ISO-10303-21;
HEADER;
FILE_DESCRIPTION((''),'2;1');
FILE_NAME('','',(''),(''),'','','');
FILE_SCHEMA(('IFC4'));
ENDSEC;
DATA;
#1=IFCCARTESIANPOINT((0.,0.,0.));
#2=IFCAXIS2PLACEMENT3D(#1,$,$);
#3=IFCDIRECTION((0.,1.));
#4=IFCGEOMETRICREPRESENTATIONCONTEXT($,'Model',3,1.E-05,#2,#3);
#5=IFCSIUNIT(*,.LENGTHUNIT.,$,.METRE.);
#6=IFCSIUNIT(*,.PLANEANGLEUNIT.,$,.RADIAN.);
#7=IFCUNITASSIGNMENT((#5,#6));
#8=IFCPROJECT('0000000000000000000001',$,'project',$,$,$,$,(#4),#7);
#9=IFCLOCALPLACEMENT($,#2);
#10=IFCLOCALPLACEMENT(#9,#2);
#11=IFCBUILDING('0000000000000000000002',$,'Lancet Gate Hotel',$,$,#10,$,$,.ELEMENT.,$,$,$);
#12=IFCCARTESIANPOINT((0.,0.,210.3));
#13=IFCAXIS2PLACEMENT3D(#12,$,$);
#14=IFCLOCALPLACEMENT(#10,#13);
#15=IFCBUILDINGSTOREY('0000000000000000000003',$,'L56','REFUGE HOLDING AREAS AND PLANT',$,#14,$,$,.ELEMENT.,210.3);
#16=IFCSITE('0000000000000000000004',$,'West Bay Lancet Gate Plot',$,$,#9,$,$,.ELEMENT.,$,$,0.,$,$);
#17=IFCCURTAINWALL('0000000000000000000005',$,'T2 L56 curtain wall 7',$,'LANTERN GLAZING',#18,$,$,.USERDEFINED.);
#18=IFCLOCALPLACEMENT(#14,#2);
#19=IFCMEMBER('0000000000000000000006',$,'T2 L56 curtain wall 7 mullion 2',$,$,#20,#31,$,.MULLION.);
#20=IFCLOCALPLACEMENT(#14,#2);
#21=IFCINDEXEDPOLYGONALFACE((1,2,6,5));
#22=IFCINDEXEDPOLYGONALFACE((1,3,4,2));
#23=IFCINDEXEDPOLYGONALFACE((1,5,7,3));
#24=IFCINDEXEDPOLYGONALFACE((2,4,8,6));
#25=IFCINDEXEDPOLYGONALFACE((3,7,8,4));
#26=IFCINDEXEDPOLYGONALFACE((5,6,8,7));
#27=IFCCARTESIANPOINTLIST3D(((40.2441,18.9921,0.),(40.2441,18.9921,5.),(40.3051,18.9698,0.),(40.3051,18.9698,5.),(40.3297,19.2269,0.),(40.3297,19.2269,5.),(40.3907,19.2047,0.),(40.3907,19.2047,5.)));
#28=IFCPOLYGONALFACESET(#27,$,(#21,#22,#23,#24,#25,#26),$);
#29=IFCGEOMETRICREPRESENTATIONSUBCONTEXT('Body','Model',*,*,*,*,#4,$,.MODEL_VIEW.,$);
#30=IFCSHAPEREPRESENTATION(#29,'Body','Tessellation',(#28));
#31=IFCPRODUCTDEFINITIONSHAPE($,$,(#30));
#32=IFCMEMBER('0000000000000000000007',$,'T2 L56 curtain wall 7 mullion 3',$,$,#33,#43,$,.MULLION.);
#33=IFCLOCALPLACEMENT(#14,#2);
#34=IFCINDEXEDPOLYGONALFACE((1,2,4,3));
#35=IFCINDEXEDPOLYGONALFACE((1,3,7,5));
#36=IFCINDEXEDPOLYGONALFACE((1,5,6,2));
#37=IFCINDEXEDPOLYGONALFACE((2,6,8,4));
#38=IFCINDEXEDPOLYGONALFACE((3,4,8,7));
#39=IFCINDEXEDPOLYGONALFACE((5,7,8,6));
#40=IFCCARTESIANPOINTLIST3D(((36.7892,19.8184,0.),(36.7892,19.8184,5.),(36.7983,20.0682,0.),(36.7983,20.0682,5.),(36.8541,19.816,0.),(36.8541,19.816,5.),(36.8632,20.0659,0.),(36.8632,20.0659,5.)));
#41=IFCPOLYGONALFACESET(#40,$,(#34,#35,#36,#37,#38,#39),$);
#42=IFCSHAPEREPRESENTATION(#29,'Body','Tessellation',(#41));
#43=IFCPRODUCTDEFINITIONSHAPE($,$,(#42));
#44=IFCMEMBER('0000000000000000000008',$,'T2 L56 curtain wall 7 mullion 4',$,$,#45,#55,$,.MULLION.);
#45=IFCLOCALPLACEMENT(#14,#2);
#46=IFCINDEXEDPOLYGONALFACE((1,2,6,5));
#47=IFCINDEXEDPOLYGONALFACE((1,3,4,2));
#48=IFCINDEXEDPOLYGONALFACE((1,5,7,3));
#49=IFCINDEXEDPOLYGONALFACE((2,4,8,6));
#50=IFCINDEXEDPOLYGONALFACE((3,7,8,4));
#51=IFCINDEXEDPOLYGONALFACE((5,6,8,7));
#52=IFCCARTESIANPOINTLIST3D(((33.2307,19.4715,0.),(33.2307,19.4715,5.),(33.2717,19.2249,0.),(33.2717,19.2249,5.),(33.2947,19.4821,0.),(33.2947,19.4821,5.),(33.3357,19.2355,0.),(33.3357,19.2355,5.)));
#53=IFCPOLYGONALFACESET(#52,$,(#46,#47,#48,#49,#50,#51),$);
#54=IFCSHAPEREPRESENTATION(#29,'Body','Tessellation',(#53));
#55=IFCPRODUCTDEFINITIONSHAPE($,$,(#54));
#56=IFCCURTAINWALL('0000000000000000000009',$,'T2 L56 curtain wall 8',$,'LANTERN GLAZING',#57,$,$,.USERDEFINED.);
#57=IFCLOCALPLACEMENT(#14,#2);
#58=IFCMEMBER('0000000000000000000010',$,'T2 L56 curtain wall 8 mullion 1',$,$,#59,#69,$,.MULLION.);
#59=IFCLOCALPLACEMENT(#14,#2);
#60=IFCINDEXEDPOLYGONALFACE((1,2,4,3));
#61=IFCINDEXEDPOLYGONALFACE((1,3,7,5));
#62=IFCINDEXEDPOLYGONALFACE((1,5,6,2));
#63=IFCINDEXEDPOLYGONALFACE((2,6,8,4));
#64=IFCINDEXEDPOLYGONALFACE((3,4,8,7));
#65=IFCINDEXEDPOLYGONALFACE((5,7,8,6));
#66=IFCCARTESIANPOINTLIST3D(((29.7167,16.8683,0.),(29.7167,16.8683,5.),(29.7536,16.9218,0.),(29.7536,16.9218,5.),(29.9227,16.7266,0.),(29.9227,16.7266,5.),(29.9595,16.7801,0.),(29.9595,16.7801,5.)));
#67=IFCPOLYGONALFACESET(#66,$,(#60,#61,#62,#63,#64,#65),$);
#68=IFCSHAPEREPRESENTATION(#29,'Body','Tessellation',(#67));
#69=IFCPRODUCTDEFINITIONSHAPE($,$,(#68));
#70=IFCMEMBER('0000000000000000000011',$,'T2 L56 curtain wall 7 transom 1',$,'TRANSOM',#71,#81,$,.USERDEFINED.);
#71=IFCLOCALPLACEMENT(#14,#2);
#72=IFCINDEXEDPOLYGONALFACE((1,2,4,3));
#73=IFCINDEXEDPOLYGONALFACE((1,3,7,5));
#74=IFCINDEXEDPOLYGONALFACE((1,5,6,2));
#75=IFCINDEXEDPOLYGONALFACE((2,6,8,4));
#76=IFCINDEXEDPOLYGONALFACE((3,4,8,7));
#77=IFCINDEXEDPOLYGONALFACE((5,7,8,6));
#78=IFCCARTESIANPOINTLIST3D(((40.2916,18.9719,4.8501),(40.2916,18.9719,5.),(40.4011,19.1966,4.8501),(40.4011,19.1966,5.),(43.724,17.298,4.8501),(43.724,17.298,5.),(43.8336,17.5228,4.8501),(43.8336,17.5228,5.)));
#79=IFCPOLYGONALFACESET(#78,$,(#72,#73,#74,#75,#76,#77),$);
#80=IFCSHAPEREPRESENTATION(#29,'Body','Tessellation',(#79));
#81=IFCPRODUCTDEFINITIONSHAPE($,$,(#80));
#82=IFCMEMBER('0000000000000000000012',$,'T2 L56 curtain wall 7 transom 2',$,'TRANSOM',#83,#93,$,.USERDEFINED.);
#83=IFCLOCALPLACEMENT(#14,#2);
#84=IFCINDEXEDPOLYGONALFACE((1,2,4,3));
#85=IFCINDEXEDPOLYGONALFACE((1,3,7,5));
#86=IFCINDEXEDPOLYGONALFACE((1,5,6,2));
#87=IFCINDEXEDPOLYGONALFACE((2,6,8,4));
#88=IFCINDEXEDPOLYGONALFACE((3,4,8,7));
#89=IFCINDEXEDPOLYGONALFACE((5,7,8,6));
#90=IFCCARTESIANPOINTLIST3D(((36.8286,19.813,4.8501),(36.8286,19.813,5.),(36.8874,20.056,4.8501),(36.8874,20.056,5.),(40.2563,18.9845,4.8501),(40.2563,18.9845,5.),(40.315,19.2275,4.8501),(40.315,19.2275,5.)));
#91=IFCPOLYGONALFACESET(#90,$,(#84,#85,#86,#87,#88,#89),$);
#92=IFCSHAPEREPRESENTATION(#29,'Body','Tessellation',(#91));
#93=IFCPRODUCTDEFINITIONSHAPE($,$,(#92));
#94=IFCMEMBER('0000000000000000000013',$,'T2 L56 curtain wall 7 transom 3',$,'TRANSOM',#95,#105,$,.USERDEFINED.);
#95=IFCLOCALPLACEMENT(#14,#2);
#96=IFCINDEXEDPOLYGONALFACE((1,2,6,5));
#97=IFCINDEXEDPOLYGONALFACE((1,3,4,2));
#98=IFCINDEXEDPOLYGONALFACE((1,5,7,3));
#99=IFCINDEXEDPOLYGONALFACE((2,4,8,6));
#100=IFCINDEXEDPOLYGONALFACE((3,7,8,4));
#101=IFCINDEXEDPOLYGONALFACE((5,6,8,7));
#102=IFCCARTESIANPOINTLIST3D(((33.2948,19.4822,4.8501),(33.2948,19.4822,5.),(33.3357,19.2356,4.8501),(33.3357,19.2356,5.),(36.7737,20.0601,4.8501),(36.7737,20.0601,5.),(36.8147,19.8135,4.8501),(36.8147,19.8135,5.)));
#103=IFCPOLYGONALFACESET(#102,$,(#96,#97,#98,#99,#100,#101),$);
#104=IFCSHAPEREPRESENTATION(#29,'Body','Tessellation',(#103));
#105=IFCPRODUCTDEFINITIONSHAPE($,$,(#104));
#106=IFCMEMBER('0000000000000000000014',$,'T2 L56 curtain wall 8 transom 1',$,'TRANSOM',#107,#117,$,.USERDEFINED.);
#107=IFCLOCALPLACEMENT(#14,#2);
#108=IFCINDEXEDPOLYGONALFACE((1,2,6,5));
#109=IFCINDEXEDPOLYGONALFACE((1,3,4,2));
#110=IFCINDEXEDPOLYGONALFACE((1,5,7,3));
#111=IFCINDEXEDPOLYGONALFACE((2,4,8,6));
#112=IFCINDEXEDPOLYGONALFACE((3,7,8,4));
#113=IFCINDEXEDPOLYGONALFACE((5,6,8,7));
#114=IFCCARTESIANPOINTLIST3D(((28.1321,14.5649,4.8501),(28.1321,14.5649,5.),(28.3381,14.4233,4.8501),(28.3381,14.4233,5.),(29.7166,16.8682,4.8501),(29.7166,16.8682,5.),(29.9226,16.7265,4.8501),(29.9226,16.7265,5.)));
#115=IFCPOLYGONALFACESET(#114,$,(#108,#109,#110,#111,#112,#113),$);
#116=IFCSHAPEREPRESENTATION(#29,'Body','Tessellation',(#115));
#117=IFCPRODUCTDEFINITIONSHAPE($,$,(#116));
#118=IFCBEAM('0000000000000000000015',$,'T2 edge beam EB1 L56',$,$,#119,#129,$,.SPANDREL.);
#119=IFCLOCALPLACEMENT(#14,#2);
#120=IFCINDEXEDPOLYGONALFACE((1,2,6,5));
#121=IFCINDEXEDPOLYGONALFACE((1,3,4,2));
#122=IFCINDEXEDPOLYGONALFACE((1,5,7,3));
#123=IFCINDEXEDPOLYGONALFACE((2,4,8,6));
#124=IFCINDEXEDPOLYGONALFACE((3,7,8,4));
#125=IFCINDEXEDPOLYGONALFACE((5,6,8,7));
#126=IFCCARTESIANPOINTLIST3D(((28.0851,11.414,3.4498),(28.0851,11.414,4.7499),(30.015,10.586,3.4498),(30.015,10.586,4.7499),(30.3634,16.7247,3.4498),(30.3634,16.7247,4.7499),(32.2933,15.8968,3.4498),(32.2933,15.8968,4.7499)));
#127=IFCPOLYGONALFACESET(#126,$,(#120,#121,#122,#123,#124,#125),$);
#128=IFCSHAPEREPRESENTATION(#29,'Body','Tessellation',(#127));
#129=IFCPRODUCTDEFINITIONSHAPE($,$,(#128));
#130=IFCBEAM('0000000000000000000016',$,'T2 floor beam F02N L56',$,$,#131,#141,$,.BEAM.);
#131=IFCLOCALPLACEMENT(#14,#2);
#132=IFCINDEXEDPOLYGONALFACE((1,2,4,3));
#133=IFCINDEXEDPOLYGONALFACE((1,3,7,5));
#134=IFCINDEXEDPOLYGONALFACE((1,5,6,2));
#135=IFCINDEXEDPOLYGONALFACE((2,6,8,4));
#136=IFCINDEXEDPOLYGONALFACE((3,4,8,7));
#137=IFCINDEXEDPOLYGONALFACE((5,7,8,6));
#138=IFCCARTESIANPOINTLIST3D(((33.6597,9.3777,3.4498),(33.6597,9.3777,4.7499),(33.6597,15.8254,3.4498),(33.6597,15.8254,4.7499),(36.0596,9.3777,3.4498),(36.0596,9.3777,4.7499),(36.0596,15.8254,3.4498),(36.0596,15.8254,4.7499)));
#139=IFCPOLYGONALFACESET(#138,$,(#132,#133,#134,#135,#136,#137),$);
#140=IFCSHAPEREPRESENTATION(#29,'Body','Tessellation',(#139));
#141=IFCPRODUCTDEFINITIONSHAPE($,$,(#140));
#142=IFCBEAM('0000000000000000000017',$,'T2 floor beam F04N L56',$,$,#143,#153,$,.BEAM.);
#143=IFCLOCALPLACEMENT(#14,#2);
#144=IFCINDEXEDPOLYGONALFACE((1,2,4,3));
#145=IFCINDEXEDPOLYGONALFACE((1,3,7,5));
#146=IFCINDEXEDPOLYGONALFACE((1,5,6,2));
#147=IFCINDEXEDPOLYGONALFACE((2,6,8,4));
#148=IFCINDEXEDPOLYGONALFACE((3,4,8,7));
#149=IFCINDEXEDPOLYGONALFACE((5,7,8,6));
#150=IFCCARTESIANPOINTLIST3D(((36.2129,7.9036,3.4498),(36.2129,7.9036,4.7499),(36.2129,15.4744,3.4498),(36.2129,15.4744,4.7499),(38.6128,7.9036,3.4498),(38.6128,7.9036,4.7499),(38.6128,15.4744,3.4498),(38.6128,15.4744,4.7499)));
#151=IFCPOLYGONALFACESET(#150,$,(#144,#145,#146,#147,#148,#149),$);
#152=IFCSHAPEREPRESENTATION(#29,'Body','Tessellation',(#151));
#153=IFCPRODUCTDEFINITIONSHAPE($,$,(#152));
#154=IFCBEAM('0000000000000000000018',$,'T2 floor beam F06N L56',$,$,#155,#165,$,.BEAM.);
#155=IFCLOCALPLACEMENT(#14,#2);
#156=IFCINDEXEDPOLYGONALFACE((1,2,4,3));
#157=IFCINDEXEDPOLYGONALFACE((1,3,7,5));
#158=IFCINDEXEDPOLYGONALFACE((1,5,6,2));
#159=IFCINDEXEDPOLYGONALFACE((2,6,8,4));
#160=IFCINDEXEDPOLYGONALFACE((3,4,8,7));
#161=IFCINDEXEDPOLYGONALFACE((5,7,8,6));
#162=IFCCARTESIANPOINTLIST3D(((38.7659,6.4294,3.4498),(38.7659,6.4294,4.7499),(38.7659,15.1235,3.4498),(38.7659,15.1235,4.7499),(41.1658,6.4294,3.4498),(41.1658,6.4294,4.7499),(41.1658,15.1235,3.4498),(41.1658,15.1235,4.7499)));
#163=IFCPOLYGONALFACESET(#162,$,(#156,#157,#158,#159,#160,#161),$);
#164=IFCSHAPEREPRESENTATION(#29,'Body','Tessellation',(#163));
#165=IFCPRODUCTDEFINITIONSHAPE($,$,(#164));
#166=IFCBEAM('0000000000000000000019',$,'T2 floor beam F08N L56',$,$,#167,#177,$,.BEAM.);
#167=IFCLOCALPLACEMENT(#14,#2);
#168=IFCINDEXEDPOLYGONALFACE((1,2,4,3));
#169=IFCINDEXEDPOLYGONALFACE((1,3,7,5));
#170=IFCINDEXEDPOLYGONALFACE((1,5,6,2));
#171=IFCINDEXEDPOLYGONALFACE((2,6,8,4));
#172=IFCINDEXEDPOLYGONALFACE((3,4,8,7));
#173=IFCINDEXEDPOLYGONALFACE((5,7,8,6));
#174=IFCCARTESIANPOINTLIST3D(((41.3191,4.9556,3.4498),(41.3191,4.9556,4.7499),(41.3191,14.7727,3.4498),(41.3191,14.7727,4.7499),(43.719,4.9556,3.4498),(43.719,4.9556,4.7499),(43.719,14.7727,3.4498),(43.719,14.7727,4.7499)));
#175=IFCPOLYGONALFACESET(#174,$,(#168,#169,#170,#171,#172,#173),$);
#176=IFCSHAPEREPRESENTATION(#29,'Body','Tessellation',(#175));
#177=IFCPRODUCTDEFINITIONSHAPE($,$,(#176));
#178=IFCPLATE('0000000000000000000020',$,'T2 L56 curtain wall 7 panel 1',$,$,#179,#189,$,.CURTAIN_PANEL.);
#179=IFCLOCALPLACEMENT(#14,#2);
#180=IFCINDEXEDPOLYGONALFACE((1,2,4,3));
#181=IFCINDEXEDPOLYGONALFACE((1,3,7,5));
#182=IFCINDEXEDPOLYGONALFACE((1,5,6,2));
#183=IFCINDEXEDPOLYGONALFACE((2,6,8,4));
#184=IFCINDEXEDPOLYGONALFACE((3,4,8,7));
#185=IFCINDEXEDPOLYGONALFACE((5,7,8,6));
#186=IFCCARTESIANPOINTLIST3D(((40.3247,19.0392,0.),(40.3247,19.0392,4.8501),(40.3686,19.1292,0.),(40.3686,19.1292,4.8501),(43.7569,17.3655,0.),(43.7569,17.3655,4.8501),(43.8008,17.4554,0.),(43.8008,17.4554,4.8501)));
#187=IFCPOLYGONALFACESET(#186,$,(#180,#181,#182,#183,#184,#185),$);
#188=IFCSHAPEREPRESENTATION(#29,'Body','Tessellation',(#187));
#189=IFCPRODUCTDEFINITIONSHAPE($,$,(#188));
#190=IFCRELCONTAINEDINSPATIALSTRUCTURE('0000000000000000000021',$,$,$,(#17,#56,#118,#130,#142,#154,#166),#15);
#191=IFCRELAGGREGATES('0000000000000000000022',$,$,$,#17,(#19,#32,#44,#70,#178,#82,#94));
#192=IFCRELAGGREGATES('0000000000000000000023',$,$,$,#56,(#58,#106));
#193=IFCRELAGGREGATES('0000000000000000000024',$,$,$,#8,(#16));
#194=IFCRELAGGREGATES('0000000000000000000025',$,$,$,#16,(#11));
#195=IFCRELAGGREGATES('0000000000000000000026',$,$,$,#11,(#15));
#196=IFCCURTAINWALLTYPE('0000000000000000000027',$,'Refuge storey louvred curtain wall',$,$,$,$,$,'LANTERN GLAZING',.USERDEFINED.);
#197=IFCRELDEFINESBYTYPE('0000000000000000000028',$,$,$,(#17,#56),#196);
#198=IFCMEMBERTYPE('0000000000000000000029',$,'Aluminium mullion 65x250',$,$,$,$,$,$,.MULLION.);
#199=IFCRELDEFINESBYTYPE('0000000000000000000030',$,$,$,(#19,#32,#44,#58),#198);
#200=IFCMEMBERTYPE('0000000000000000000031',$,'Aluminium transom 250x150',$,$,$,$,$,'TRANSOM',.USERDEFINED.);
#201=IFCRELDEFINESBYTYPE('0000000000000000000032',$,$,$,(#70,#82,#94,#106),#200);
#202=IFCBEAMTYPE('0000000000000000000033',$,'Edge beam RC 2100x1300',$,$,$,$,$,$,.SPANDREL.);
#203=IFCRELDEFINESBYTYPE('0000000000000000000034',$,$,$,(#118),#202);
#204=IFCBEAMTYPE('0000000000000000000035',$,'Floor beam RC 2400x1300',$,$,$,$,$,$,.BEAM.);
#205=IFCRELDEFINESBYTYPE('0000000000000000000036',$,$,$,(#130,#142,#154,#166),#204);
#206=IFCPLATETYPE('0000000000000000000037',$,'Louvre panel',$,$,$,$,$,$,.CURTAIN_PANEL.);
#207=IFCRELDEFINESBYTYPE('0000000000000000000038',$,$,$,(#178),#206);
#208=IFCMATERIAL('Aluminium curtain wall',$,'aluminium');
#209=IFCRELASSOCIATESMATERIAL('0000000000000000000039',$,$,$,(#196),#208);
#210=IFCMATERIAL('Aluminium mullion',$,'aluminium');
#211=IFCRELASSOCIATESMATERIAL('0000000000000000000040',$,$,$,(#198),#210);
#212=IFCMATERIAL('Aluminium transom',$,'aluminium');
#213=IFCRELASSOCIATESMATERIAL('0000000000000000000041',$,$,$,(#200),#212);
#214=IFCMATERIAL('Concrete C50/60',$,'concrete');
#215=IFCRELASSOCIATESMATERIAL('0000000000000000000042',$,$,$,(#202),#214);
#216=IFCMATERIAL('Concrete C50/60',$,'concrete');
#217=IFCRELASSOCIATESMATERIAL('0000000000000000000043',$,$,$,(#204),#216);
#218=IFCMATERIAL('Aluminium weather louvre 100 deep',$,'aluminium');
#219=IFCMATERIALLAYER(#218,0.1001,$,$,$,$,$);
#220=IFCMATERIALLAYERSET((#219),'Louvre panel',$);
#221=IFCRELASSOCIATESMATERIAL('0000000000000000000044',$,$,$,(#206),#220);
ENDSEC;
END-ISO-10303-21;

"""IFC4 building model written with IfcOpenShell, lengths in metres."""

from ifc_helpers import new_model, si_unit, direction, frame, origin, origin_2d, place, context, subcontext, project, spatial, rectangle, extrude, material, layer, layer_set, material_profile, profile_set, type_object, element, aggregate, save


model = new_model("IFC4")

# Units and contexts
model_context = context("Model", 3, precision=1e-05, world=origin(), true_north=direction((0.0, 1.0)))
body_context = subcontext(model_context, "Body", "Model", "MODEL_VIEW")
ifc_project = project(units=[si_unit("LENGTHUNIT", "METRE"), si_unit("PLANEANGLEUNIT", "RADIAN")], contexts=[model_context])

# Site, building, storey
site_placement = place(None, origin())
site = spatial("IfcSite", under=ifc_project, at=site_placement, Name="West Bay Lancet Gate Plot", CompositionType="ELEMENT", RefElevation=0.0)
building_placement = place(site_placement, origin())
building = spatial("IfcBuilding", under=site, at=building_placement, Name="Lancet Gate Hotel", CompositionType="ELEMENT")
storey_placement = place(building_placement, frame((0.0, 0.0, 210.3)))
storey = spatial("IfcBuildingStorey", under=building, at=storey_placement, Name="L56", Description="REFUGE HOLDING AREAS AND PLANT", CompositionType="ELEMENT", Elevation=210.3)

# Curtain wall, members
ifc_material_1 = material(Name="Aluminium curtain wall", Category="aluminium")
curtain_wall_type = type_object("IfcCurtainWallType", Name="Refuge storey louvred curtain wall", ElementType="LANTERN GLAZING", PredefinedType="USERDEFINED", material=ifc_material_1)
curtain_wall_1_placement = place(storey_placement, origin())
curtain_wall_1 = element("IfcCurtainWall", 1, at=curtain_wall_1_placement, inside=storey, type_object=curtain_wall_type, Name="T2 L56 curtain wall 7", ObjectType="LANTERN GLAZING", PredefinedType="USERDEFINED")
ifc_material_2 = material(Name="Aluminium mullion", Category="aluminium")
ifc_material_profile_1 = material_profile(ifc_material_2, rectangle(XDim=0.0649, YDim=0.25, at=origin_2d()), Name="MULLION 65x250")
ifc_profile_set_1 = profile_set([ifc_material_profile_1], Name="Aluminium mullion")
member_type_1 = type_object("IfcMemberType", Name="Aluminium mullion 65x250", PredefinedType="MULLION", material=ifc_profile_set_1)
member_1_placement = place(storey_placement, frame((40.3174, 19.0984, 0.0), z_axis=(0.0, 0.0, 1.0), x_axis=(-0.939484, 0.342593, 0.0)))
member_1 = element("IfcMember", 2, at=member_1_placement, type_object=member_type_1, Name="T2 L56 curtain wall 7 mullion 2", PredefinedType="MULLION", context=body_context, shape_type="SweptSolid", body=[
    extrude(rectangle(XDim=0.0649, YDim=0.25, at=origin_2d()), origin(), (0.0, 0.0, 1.0), 5.0),
])
member_2_placement = place(storey_placement, frame((36.8262, 19.9421, 0.0), z_axis=(0.0, 0.0, 1.0), x_axis=(-0.999343, 0.03625, 0.0)))
member_2 = element("IfcMember", 3, at=member_2_placement, type_object=member_type_1, Name="T2 L56 curtain wall 7 mullion 3", PredefinedType="MULLION", context=body_context, shape_type="SweptSolid", body=[
    extrude(rectangle(XDim=0.0649, YDim=0.25, at=origin_2d()), origin(), (0.0, 0.0, 1.0), 5.0),
])
member_3_placement = place(storey_placement, frame((33.2832, 19.3535, 0.0), z_axis=(0.0, 0.0, 1.0), x_axis=(-0.98648, -0.163881, 0.0)))
member_3 = element("IfcMember", 4, at=member_3_placement, type_object=member_type_1, Name="T2 L56 curtain wall 7 mullion 4", PredefinedType="MULLION", context=body_context, shape_type="SweptSolid", body=[
    extrude(rectangle(XDim=0.0649, YDim=0.25, at=origin_2d()), origin(), (0.0, 0.0, 1.0), 5.0),
])

# Curtain wall, member
curtain_wall_2_placement = place(storey_placement, origin())
curtain_wall_2 = element("IfcCurtainWall", 5, at=curtain_wall_2_placement, inside=storey, type_object=curtain_wall_type, Name="T2 L56 curtain wall 8", ObjectType="LANTERN GLAZING", PredefinedType="USERDEFINED")
member_4_placement = place(storey_placement, frame((29.8381, 16.8242, 0.0), z_axis=(0.0, 0.0, 1.0), x_axis=(-0.566824, -0.823839, 0.0)))
member_4 = element("IfcMember", 6, at=member_4_placement, type_object=member_type_1, Name="T2 L56 curtain wall 8 mullion 1", PredefinedType="MULLION", context=body_context, shape_type="SweptSolid", body=[
    extrude(rectangle(XDim=0.0649, YDim=0.25, at=origin_2d()), origin(), (0.0, 0.0, 1.0), 5.0),
])

# Members
ifc_material_3 = material(Name="Aluminium transom", Category="aluminium")
ifc_material_profile_2 = material_profile(ifc_material_3, rectangle(XDim=0.25, YDim=0.1499, at=origin_2d()), Name="TRANSOM 250x150")
ifc_profile_set_2 = profile_set([ifc_material_profile_2], Name="Aluminium transom")
member_type_2 = type_object("IfcMemberType", Name="Aluminium transom 250x150", ElementType="TRANSOM", PredefinedType="USERDEFINED", material=ifc_profile_set_2)
member_5_placement = place(storey_placement, frame((43.7788, 17.4104, 4.925), z_axis=(-0.89882, 0.438318, 0.0), x_axis=(-0.438318, -0.89882, 0.0)))
member_5 = element("IfcMember", 7, at=member_5_placement, type_object=member_type_2, Name="T2 L56 curtain wall 7 transom 1", ObjectType="TRANSOM", PredefinedType="USERDEFINED", context=body_context, shape_type="SweptSolid", body=[
    extrude(rectangle(XDim=0.25, YDim=0.1499, at=origin_2d()), origin(), (0.0, 0.0, 1.0), 3.8188),
])
member_6_placement = place(storey_placement, frame((40.2856, 19.106, 4.925), z_axis=(-0.972003, 0.23497, 0.0), x_axis=(-0.23497, -0.972003, 0.0)))
member_6 = element("IfcMember", 8, at=member_6_placement, type_object=member_type_2, Name="T2 L56 curtain wall 7 transom 2", ObjectType="TRANSOM", PredefinedType="USERDEFINED", context=body_context, shape_type="SweptSolid", body=[
    extrude(rectangle(XDim=0.25, YDim=0.1499, at=origin_2d()), origin(), (0.0, 0.0, 1.0), 3.5264),
])
member_7_placement = place(storey_placement, frame((36.7942, 19.9368, 4.925), z_axis=(-0.986484, -0.16386, 0.0), x_axis=(0.16386, -0.986484, 0.0)))
member_7 = element("IfcMember", 9, at=member_7_placement, type_object=member_type_2, Name="T2 L56 curtain wall 7 transom 3", ObjectType="TRANSOM", PredefinedType="USERDEFINED", context=body_context, shape_type="SweptSolid", body=[
    extrude(rectangle(XDim=0.25, YDim=0.1499, at=origin_2d()), origin(), (0.0, 0.0, 1.0), 3.5266),
])
member_8_placement = place(storey_placement, frame((29.8196, 16.7974, 4.925), z_axis=(-0.566773, -0.823874, 0.0), x_axis=(0.823874, -0.566773, 0.0)))
member_8 = element("IfcMember", 10, at=member_8_placement, type_object=member_type_2, Name="T2 L56 curtain wall 8 transom 1", ObjectType="TRANSOM", PredefinedType="USERDEFINED", context=body_context, shape_type="SweptSolid", body=[
    extrude(rectangle(XDim=0.25, YDim=0.1499, at=origin_2d()), origin(), (0.0, 0.0, 1.0), 2.7957),
])

# Beams
ifc_material_4 = material(Name="Concrete C50/60", Category="concrete")
ifc_material_profile_3 = material_profile(ifc_material_4, rectangle(XDim=2.1001, YDim=1.3, at=origin_2d()), Name="RC 2100x1300")
ifc_profile_set_3 = profile_set([ifc_material_profile_3], Name="Concrete C50/60")
beam_type_1 = type_object("IfcBeamType", Name="Edge beam RC 2100x1300", PredefinedType="SPANDREL", material=ifc_profile_set_3)
beam_1_placement = place(storey_placement, frame((29.05, 11.0, 4.0999), z_axis=(0.394251, 0.919003, 0.0), x_axis=(-0.919003, 0.394251, 0.0)))
element("IfcBeam", 11, at=beam_1_placement, inside=storey, type_object=beam_type_1, Name="T2 edge beam EB1 L56", PredefinedType="SPANDREL", context=body_context, shape_type="SweptSolid", body=[
    extrude(rectangle(XDim=2.1001, YDim=1.3, at=origin_2d()), origin(), (0.0, 0.0, 1.0), 5.7788),
])
ifc_material_5 = material(Name="Concrete C50/60", Category="concrete")
ifc_material_profile_4 = material_profile(ifc_material_5, rectangle(XDim=2.3999, YDim=1.3, at=origin_2d()), Name="RC 2400x1300")
ifc_profile_set_4 = profile_set([ifc_material_profile_4], Name="Concrete C50/60")
beam_type_2 = type_object("IfcBeamType", Name="Floor beam RC 2400x1300", PredefinedType="BEAM", material=ifc_profile_set_4)
beam_2_placement = place(storey_placement, frame((34.8596, 9.3777, 4.0999), z_axis=(0.0, 1.0, 0.0), x_axis=(-1.0, 0.0, 0.0)))
element("IfcBeam", 12, at=beam_2_placement, inside=storey, type_object=beam_type_2, Name="T2 floor beam F02N L56", PredefinedType="BEAM", context=body_context, shape_type="SweptSolid", body=[
    extrude(rectangle(XDim=2.3999, YDim=1.3, at=origin_2d()), origin(), (0.0, 0.0, 1.0), 6.4478),
])
beam_3_placement = place(storey_placement, frame((37.4128, 7.9036, 4.0999), z_axis=(0.0, 1.0, 0.0), x_axis=(-1.0, 0.0, 0.0)))
element("IfcBeam", 13, at=beam_3_placement, inside=storey, type_object=beam_type_2, Name="T2 floor beam F04N L56", PredefinedType="BEAM", context=body_context, shape_type="SweptSolid", body=[
    extrude(rectangle(XDim=2.3999, YDim=1.3, at=origin_2d()), origin(), (0.0, 0.0, 1.0), 7.5708),
])
beam_4_placement = place(storey_placement, frame((39.9658, 6.4294, 4.0999), z_axis=(0.0, 1.0, 0.0), x_axis=(-1.0, 0.0, 0.0)))
element("IfcBeam", 14, at=beam_4_placement, inside=storey, type_object=beam_type_2, Name="T2 floor beam F06N L56", PredefinedType="BEAM", context=body_context, shape_type="SweptSolid", body=[
    extrude(rectangle(XDim=2.3999, YDim=1.3, at=origin_2d()), origin(), (0.0, 0.0, 1.0), 8.6941),
])
beam_5_placement = place(storey_placement, frame((42.519, 4.9556, 4.0999), z_axis=(0.0, 1.0, 0.0), x_axis=(-1.0, 0.0, 0.0)))
element("IfcBeam", 15, at=beam_5_placement, inside=storey, type_object=beam_type_2, Name="T2 floor beam F08N L56", PredefinedType="BEAM", context=body_context, shape_type="SweptSolid", body=[
    extrude(rectangle(XDim=2.3999, YDim=1.3, at=origin_2d()), origin(), (0.0, 0.0, 1.0), 9.8171),
])

# Plate
ifc_material_6 = material(Name="Aluminium weather louvre 100 deep", Category="aluminium")
ifc_layer_1 = layer(ifc_material_6, 0.1001)
ifc_layer_set_1 = layer_set([ifc_layer_1], Name="Louvre panel")
plate_type = type_object("IfcPlateType", Name="Louvre panel", PredefinedType="CURTAIN_PANEL", material=ifc_layer_set_1)
plate_1_placement = place(storey_placement, frame((42.0627, 18.2473, 0.0), z_axis=(0.0, 0.0, 1.0), x_axis=(-0.898823, 0.438311, 0.0)))
plate_1 = element("IfcPlate", 16, at=plate_1_placement, type_object=plate_type, Name="T2 L56 curtain wall 7 panel 1", PredefinedType="CURTAIN_PANEL", context=body_context, shape_type="SweptSolid", body=[
    extrude(rectangle(XDim=3.8186, YDim=0.1001, at=origin_2d()), origin(), (0.0, 0.0, 1.0), 4.8501),
])
aggregate(curtain_wall_1, [member_1, member_2, member_3, member_5, plate_1, member_6, member_7])
aggregate(curtain_wall_2, [member_4, member_8])

save(model, "model.ifc")
